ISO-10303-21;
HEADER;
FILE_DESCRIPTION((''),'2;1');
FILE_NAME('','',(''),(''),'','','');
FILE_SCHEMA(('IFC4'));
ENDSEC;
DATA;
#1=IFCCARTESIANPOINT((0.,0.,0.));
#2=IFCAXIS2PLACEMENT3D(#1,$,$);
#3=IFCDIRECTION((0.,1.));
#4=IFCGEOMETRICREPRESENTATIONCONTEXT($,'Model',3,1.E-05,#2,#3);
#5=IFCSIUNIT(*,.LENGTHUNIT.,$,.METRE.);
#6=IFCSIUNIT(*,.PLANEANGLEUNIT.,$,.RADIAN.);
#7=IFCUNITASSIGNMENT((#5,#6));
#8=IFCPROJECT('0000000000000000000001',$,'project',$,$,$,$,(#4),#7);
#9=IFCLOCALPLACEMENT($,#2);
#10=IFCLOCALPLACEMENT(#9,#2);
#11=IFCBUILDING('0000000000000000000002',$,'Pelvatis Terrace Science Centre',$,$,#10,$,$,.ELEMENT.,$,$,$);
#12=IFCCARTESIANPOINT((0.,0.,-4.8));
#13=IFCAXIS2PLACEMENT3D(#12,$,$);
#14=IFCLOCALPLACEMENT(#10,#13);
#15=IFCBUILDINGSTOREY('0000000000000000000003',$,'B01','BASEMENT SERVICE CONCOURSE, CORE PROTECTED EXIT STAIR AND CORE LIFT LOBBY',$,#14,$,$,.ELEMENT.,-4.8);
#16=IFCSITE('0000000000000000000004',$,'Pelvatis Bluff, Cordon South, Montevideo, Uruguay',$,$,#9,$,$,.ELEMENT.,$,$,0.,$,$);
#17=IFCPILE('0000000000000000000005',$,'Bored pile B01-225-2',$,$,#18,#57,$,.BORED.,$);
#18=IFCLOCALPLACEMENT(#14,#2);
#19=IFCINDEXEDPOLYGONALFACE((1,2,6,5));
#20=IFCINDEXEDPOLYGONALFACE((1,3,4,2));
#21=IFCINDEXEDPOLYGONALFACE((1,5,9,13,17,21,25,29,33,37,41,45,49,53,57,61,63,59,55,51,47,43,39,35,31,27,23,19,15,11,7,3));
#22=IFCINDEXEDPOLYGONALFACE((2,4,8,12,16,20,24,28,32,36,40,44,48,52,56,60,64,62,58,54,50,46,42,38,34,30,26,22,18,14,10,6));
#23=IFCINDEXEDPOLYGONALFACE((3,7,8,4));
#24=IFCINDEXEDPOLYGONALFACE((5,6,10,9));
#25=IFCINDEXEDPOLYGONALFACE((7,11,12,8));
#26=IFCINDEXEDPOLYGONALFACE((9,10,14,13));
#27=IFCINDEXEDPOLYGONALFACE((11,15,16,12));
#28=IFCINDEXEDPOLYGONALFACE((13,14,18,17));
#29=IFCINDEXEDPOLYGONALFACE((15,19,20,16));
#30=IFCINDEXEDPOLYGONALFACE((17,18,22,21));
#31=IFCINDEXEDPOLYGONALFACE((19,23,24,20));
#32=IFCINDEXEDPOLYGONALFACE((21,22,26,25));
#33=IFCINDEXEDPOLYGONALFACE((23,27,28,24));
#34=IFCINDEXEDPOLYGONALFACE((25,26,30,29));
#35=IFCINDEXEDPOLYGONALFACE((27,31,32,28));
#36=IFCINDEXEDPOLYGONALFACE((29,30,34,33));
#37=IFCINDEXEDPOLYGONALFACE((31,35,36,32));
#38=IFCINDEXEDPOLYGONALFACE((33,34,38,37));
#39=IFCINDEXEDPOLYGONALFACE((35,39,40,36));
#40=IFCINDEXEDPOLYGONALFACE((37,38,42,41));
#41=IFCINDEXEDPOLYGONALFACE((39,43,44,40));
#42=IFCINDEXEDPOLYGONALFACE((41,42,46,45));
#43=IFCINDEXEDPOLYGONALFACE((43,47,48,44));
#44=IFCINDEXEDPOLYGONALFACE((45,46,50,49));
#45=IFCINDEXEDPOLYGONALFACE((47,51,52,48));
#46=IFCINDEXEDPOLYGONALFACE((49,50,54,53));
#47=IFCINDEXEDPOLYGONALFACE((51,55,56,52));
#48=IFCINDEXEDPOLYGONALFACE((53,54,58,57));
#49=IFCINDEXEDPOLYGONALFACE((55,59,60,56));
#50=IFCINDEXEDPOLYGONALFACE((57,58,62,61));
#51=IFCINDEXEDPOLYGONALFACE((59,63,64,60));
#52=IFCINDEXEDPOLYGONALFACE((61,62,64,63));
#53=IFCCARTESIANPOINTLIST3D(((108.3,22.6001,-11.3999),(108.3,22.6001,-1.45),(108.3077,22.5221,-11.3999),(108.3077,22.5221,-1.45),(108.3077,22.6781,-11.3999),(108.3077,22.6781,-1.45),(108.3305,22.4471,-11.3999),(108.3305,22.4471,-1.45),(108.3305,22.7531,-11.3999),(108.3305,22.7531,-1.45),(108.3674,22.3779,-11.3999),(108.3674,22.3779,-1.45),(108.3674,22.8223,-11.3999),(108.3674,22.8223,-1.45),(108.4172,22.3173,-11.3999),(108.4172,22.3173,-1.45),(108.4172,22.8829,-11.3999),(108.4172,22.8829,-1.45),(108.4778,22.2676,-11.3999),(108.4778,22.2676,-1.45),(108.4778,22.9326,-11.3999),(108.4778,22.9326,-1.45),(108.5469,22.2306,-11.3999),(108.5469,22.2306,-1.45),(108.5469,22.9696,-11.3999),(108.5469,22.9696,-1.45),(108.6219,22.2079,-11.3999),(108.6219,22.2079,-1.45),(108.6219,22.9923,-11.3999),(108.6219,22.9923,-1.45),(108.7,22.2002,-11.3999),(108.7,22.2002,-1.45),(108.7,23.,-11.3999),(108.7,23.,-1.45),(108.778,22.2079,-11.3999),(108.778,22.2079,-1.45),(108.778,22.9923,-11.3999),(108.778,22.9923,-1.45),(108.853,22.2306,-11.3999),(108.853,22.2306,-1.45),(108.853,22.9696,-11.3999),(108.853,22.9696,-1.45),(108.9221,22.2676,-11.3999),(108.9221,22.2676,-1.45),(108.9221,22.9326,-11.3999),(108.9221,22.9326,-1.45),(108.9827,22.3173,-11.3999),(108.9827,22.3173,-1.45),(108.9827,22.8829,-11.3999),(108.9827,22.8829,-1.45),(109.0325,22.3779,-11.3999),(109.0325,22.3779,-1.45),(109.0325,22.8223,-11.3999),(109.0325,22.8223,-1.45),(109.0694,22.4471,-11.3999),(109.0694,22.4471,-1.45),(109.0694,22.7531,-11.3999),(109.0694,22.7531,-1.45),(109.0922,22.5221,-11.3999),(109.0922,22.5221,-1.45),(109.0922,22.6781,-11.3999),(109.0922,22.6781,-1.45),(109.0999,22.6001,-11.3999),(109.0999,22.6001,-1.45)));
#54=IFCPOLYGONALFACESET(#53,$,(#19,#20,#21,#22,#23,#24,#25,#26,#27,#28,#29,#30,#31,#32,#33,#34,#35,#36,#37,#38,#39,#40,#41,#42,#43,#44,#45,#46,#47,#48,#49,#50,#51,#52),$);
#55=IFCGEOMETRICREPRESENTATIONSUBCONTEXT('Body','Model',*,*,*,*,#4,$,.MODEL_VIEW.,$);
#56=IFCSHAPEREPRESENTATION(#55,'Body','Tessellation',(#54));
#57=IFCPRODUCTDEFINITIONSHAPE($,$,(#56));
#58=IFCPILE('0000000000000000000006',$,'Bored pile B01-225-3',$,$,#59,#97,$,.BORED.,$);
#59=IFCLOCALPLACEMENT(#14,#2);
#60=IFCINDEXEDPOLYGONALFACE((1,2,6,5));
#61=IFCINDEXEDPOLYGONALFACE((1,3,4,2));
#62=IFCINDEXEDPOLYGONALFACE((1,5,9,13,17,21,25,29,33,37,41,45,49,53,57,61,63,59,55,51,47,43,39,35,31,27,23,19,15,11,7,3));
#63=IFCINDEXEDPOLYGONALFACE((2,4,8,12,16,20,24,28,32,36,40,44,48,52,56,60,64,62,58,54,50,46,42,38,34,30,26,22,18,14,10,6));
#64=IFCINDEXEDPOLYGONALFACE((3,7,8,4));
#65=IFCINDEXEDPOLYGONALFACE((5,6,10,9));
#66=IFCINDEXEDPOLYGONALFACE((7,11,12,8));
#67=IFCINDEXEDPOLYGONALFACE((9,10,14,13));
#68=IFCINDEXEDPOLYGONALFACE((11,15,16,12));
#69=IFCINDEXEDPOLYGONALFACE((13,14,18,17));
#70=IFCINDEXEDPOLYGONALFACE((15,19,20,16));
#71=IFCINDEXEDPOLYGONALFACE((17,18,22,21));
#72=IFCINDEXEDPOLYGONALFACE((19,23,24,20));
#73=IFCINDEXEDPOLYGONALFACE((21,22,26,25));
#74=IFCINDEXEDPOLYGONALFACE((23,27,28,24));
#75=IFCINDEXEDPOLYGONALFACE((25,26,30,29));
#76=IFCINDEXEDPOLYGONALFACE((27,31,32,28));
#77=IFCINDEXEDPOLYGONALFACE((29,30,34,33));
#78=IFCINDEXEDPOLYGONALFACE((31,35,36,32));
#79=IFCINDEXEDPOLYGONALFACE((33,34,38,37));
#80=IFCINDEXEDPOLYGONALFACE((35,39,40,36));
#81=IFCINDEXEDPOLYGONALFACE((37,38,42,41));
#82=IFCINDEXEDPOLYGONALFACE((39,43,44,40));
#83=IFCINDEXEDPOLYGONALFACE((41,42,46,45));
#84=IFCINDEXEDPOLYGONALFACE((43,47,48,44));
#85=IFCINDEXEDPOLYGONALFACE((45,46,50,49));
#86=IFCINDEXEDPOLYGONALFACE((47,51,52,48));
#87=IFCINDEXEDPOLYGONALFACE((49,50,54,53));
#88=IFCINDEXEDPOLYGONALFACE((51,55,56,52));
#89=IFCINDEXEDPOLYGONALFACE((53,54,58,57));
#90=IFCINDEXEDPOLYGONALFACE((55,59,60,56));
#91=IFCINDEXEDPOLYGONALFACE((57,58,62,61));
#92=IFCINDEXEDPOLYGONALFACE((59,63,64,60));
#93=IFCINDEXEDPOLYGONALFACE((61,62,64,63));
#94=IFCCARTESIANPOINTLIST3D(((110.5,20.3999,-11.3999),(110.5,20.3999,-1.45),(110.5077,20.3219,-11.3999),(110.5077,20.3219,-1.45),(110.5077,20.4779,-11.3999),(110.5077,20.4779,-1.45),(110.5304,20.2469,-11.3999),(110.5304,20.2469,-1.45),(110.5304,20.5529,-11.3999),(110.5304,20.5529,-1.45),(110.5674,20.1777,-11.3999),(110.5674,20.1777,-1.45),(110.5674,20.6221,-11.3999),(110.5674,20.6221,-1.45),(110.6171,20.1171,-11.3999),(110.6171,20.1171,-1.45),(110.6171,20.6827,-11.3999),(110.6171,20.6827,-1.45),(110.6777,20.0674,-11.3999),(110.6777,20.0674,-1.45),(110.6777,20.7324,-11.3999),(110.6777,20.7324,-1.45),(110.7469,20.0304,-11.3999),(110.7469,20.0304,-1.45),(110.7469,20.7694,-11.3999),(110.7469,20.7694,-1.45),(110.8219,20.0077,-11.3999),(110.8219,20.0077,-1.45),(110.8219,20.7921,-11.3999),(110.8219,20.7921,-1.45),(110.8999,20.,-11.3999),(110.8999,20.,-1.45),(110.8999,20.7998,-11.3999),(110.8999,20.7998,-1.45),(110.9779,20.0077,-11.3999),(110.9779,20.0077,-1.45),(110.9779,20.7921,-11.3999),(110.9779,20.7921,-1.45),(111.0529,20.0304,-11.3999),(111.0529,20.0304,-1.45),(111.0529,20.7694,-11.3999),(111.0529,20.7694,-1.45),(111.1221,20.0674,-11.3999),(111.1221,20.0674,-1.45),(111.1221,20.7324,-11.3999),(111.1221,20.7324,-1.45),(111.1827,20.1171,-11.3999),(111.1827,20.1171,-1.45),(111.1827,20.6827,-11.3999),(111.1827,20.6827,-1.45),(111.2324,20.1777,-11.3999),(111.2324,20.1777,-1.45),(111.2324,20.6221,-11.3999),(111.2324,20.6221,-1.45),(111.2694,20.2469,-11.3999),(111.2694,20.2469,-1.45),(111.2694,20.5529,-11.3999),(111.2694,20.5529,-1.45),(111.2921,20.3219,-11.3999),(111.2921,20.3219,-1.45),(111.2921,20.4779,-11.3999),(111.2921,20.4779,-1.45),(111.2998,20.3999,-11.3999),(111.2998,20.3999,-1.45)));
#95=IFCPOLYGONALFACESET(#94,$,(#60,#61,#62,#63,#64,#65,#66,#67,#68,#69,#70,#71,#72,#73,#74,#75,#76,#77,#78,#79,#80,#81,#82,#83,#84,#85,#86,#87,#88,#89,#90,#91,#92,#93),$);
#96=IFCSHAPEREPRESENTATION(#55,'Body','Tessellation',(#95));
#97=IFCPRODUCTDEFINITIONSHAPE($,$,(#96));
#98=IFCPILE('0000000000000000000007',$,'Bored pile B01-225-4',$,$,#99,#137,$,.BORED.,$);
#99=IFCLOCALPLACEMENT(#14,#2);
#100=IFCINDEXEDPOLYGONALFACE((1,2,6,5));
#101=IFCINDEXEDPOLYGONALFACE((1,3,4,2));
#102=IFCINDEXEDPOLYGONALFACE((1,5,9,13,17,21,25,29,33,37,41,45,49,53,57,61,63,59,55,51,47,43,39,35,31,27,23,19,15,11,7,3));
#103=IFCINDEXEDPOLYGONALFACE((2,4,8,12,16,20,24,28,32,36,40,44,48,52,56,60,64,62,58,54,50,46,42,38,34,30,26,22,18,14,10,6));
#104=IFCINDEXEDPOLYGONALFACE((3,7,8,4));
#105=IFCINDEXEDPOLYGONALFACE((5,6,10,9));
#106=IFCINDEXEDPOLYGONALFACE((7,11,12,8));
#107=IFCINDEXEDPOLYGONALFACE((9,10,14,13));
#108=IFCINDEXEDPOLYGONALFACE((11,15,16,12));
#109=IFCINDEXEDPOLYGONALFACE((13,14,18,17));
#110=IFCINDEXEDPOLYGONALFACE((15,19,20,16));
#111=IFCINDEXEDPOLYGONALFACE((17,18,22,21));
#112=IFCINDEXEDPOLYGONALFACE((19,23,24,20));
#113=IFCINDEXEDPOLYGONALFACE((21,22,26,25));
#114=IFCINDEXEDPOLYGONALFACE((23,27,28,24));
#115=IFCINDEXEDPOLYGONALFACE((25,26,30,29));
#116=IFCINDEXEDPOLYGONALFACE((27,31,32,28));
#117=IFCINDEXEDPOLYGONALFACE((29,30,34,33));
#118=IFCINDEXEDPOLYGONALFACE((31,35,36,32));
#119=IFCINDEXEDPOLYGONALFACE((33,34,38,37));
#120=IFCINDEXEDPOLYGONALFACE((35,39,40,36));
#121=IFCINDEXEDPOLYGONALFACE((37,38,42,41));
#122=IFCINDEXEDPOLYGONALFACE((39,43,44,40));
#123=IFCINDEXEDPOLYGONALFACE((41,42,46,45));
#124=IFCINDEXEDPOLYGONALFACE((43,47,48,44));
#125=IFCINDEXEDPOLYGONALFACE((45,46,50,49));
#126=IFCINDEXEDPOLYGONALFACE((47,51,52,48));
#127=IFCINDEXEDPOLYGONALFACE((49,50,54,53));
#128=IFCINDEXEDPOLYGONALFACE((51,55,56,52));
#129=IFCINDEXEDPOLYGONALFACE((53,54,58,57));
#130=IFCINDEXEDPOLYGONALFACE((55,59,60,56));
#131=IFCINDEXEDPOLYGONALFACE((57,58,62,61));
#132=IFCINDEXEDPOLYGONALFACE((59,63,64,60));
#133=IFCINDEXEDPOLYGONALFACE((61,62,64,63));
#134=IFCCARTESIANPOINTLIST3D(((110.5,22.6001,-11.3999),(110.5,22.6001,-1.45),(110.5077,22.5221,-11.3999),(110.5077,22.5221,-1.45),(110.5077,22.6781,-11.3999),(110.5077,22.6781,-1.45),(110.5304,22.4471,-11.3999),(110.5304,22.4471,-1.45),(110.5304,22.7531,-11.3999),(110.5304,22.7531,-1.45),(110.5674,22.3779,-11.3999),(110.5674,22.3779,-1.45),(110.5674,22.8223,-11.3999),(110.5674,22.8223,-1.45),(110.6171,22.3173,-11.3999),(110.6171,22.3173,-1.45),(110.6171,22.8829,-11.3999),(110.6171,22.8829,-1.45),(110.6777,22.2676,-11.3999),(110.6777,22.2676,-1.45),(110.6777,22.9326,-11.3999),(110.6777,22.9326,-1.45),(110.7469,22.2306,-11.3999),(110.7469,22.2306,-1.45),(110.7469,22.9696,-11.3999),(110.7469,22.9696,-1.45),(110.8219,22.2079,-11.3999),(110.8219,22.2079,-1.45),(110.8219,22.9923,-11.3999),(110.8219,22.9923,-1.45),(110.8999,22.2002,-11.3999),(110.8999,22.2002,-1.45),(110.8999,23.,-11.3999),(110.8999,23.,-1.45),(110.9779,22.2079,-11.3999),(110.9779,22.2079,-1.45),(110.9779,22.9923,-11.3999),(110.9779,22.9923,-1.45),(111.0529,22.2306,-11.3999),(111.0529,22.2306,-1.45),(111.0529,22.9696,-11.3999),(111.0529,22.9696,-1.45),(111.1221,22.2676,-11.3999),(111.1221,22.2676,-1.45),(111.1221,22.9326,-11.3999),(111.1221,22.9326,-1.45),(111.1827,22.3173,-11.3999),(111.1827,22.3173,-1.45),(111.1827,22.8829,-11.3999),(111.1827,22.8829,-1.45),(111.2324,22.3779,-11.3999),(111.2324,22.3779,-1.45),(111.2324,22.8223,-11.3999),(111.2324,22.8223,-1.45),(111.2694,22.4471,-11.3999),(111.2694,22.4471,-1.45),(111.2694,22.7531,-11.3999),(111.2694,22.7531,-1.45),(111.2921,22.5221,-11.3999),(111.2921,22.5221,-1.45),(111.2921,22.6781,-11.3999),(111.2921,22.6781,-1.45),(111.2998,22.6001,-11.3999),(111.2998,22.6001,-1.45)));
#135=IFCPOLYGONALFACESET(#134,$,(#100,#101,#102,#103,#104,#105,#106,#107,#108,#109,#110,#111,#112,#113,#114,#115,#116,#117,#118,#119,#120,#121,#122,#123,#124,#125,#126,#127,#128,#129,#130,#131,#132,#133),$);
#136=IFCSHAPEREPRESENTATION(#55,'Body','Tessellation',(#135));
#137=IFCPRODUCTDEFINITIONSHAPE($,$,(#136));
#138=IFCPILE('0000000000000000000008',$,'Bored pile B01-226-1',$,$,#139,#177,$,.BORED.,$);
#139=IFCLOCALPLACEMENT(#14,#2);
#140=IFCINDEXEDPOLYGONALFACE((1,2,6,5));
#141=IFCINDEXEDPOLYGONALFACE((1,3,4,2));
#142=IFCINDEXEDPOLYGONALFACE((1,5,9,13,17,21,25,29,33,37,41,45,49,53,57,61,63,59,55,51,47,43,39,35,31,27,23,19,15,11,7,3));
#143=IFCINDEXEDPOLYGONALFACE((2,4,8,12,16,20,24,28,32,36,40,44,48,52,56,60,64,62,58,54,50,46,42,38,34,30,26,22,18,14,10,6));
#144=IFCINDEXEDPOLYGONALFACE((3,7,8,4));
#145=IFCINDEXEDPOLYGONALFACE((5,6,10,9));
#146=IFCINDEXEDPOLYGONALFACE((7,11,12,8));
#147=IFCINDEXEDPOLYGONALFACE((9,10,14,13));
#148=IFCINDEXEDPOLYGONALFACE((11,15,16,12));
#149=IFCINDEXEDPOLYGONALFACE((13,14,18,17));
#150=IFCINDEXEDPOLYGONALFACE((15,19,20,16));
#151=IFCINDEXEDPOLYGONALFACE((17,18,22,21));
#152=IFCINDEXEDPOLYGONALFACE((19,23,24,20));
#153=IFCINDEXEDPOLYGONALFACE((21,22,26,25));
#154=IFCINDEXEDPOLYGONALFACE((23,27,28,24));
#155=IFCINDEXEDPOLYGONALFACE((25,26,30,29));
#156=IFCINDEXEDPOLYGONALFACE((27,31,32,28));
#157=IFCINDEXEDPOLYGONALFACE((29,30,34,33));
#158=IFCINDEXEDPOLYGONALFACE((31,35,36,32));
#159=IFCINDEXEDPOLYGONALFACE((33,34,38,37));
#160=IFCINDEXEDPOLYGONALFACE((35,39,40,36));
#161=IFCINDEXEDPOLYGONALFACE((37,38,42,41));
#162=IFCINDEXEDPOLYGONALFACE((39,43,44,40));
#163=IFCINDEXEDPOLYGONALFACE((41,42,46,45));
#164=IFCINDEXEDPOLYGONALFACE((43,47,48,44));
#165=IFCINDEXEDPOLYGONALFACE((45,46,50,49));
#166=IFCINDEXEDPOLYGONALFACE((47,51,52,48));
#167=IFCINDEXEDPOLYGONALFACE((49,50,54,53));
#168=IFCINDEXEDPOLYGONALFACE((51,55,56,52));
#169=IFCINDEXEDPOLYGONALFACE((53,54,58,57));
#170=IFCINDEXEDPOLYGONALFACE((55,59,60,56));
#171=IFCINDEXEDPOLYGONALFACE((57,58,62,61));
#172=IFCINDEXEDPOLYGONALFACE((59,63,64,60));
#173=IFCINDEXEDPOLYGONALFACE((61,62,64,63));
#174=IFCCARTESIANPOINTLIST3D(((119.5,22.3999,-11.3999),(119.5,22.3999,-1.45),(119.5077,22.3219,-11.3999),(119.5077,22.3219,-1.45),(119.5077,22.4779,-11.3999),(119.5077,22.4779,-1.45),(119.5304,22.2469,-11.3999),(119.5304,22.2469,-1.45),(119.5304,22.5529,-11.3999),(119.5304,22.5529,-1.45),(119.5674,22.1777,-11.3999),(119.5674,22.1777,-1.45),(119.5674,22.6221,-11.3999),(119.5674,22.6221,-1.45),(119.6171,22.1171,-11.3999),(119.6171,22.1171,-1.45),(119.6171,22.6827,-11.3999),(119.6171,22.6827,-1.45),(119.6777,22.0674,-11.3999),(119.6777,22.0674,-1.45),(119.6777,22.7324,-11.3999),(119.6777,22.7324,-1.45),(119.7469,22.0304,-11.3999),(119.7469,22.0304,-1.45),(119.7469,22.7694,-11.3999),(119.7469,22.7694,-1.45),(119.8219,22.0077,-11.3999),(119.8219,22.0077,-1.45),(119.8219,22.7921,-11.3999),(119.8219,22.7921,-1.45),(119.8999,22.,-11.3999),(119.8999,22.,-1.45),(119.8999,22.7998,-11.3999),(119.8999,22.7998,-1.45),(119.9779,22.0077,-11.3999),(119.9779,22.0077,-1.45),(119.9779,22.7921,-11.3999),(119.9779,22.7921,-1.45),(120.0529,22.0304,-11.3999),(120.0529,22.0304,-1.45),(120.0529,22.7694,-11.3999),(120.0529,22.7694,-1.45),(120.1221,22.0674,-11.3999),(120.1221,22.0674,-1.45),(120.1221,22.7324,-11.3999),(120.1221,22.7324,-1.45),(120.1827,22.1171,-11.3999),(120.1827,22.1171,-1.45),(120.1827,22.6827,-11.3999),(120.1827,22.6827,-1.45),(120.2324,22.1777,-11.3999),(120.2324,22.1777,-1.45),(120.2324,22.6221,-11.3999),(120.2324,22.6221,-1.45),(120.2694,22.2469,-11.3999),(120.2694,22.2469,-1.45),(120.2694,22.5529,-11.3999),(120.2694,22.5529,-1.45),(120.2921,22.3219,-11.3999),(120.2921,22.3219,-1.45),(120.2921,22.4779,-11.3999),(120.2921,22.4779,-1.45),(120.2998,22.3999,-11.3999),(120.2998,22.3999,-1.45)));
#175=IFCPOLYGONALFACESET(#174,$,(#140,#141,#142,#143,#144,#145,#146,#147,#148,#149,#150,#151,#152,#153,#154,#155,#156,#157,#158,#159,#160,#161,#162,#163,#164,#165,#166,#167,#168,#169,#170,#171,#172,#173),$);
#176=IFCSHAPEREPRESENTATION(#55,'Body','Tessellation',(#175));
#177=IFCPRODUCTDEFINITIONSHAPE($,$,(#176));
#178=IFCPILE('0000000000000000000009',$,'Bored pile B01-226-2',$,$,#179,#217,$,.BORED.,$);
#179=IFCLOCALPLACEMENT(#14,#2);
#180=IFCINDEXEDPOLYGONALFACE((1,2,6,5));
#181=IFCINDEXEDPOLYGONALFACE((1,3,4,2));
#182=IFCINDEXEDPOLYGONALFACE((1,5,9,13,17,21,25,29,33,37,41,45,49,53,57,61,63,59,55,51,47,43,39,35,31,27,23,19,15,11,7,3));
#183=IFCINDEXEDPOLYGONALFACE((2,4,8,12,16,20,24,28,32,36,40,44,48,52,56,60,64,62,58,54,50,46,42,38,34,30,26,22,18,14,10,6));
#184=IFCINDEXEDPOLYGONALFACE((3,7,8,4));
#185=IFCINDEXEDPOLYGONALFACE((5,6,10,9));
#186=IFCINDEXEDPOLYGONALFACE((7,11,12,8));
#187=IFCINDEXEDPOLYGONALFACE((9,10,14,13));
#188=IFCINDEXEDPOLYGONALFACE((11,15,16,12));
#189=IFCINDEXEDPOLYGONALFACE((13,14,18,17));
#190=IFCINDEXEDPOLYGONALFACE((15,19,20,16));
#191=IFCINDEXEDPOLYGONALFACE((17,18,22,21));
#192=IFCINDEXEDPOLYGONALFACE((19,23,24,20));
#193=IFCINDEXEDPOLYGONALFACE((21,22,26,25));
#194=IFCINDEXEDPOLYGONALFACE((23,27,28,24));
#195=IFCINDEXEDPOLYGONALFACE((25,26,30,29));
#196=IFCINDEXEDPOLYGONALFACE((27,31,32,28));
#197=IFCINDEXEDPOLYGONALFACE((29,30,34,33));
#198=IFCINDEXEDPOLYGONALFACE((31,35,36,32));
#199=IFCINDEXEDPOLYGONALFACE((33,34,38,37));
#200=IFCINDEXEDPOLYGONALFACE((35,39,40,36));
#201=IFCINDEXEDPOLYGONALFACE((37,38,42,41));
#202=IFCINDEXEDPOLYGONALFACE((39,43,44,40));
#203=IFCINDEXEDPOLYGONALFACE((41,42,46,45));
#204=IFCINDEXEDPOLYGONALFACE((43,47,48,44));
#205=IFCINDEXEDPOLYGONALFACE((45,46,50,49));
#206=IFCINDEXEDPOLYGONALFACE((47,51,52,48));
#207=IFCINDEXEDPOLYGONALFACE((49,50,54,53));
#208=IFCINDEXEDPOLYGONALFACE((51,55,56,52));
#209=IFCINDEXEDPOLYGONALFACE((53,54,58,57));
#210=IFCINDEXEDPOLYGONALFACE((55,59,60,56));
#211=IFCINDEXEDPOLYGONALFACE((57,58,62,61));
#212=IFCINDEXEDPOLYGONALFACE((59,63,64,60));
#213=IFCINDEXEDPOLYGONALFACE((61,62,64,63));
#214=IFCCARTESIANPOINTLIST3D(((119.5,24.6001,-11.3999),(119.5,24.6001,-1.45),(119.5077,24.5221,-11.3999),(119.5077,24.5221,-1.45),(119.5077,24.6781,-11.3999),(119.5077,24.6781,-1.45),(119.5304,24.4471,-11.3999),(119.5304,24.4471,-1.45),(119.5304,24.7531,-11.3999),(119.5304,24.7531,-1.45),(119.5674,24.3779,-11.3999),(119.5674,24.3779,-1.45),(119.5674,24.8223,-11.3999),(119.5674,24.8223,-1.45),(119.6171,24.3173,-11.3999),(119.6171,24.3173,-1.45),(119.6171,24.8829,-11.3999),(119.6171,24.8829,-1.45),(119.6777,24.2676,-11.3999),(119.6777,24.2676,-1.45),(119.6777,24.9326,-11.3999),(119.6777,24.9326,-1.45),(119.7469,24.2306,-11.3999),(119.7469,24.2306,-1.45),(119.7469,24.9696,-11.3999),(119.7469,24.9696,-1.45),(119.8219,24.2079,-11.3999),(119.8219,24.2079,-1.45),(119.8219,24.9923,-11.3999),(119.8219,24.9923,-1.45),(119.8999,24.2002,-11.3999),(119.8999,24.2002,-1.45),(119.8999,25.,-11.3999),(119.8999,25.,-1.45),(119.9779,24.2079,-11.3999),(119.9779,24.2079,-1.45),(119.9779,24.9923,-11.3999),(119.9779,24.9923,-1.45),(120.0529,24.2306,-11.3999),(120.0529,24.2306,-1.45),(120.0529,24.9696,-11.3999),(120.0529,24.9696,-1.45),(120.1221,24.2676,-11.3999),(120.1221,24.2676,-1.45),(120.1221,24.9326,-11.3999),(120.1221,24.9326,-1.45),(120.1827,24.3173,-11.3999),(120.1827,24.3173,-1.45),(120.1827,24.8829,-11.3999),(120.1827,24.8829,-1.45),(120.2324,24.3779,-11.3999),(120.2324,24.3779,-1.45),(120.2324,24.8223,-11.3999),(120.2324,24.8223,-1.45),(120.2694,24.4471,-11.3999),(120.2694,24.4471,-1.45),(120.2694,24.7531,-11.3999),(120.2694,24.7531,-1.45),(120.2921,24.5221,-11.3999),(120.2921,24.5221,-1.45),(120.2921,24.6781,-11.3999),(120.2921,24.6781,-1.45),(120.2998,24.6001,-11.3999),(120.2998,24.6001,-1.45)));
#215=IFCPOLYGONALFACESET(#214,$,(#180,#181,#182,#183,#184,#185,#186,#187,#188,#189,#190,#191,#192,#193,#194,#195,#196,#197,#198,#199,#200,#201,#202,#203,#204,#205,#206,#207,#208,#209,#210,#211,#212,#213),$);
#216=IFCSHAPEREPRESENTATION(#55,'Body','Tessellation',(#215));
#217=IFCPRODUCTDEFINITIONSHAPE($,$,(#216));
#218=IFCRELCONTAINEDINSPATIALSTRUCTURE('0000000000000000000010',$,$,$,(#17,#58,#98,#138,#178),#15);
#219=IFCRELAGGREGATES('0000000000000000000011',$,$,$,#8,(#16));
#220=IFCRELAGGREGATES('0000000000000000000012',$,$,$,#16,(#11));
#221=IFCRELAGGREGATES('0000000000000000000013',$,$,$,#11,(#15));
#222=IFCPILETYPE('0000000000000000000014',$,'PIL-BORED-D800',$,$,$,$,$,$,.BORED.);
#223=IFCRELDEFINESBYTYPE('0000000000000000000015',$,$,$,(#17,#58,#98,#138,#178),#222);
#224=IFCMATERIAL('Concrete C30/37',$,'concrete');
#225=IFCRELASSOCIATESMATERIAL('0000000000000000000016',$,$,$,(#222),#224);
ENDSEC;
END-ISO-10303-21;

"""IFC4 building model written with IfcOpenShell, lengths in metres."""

from ifc_helpers import new_model, si_unit, direction, frame, origin, origin_2d, place, context, subcontext, project, spatial, circle, extrude, material, material_profile, profile_set, type_object, element, save


model = new_model("IFC4")

# Units and contexts
model_context = context("Model", 3, precision=1e-05, world=origin(), true_north=direction((0.0, 1.0)))
body_context = subcontext(model_context, "Body", "Model", "MODEL_VIEW")
ifc_project = project(units=[si_unit("LENGTHUNIT", "METRE"), si_unit("PLANEANGLEUNIT", "RADIAN")], contexts=[model_context])

# Site, building, storey
site_placement = place(None, origin())
site = spatial("IfcSite", under=ifc_project, at=site_placement, Name="Pelvatis Bluff, Cordon South, Montevideo, Uruguay", CompositionType="ELEMENT", RefElevation=0.0)
building_placement = place(site_placement, origin())
building = spatial("IfcBuilding", under=site, at=building_placement, Name="Pelvatis Terrace Science Centre", CompositionType="ELEMENT")
storey_placement = place(building_placement, frame((0.0, 0.0, -4.8)))
storey = spatial("IfcBuildingStorey", under=building, at=storey_placement, Name="B01", Description="BASEMENT SERVICE CONCOURSE, CORE PROTECTED EXIT STAIR AND CORE LIFT LOBBY", CompositionType="ELEMENT", Elevation=-4.8)

# Piles
ifc_material_1 = material(Name="Concrete C30/37", Category="concrete")
ifc_material_profile_1 = material_profile(ifc_material_1, circle(Radius=0.3999, at=origin_2d()), Name="PILE D800")
ifc_profile_set_1 = profile_set([ifc_material_profile_1], Name="Concrete C30/37")
pile_type = type_object("IfcPileType", Name="PIL-BORED-D800", PredefinedType="BORED", material=ifc_profile_set_1)
for number, where, z_axis, x_axis, name in (
    (1, (108.7, 22.6001, -1.45), (0.0, 0.0, -1.0), (1.0, 0.0, 0.0), "Bored pile B01-225-2"),
    (2, (110.8999, 20.3999, -1.45), (0.0, 0.0, -1.0), (1.0, 0.0, 0.0), "Bored pile B01-225-3"),
    (3, (110.8999, 22.6001, -1.45), (0.0, 0.0, -1.0), (1.0, 0.0, 0.0), "Bored pile B01-225-4"),
    (4, (119.8999, 22.3999, -1.45), (0.0, 0.0, -1.0), (1.0, 0.0, 0.0), "Bored pile B01-226-1"),
    (5, (119.8999, 24.6001, -1.45), (0.0, 0.0, -1.0), (1.0, 0.0, 0.0), "Bored pile B01-226-2"),
):
    element("IfcPile", number, at=place(storey_placement, frame(where, z_axis=z_axis, x_axis=x_axis)), inside=storey, type_object=pile_type, Name=name, PredefinedType="BORED", context=body_context, shape_type="SweptSolid", body=[
        extrude(circle(Radius=0.3999, at=origin_2d()), origin(), (0.0, 0.0, 1.0), 9.95),
    ])

save(model, "model.ifc")
